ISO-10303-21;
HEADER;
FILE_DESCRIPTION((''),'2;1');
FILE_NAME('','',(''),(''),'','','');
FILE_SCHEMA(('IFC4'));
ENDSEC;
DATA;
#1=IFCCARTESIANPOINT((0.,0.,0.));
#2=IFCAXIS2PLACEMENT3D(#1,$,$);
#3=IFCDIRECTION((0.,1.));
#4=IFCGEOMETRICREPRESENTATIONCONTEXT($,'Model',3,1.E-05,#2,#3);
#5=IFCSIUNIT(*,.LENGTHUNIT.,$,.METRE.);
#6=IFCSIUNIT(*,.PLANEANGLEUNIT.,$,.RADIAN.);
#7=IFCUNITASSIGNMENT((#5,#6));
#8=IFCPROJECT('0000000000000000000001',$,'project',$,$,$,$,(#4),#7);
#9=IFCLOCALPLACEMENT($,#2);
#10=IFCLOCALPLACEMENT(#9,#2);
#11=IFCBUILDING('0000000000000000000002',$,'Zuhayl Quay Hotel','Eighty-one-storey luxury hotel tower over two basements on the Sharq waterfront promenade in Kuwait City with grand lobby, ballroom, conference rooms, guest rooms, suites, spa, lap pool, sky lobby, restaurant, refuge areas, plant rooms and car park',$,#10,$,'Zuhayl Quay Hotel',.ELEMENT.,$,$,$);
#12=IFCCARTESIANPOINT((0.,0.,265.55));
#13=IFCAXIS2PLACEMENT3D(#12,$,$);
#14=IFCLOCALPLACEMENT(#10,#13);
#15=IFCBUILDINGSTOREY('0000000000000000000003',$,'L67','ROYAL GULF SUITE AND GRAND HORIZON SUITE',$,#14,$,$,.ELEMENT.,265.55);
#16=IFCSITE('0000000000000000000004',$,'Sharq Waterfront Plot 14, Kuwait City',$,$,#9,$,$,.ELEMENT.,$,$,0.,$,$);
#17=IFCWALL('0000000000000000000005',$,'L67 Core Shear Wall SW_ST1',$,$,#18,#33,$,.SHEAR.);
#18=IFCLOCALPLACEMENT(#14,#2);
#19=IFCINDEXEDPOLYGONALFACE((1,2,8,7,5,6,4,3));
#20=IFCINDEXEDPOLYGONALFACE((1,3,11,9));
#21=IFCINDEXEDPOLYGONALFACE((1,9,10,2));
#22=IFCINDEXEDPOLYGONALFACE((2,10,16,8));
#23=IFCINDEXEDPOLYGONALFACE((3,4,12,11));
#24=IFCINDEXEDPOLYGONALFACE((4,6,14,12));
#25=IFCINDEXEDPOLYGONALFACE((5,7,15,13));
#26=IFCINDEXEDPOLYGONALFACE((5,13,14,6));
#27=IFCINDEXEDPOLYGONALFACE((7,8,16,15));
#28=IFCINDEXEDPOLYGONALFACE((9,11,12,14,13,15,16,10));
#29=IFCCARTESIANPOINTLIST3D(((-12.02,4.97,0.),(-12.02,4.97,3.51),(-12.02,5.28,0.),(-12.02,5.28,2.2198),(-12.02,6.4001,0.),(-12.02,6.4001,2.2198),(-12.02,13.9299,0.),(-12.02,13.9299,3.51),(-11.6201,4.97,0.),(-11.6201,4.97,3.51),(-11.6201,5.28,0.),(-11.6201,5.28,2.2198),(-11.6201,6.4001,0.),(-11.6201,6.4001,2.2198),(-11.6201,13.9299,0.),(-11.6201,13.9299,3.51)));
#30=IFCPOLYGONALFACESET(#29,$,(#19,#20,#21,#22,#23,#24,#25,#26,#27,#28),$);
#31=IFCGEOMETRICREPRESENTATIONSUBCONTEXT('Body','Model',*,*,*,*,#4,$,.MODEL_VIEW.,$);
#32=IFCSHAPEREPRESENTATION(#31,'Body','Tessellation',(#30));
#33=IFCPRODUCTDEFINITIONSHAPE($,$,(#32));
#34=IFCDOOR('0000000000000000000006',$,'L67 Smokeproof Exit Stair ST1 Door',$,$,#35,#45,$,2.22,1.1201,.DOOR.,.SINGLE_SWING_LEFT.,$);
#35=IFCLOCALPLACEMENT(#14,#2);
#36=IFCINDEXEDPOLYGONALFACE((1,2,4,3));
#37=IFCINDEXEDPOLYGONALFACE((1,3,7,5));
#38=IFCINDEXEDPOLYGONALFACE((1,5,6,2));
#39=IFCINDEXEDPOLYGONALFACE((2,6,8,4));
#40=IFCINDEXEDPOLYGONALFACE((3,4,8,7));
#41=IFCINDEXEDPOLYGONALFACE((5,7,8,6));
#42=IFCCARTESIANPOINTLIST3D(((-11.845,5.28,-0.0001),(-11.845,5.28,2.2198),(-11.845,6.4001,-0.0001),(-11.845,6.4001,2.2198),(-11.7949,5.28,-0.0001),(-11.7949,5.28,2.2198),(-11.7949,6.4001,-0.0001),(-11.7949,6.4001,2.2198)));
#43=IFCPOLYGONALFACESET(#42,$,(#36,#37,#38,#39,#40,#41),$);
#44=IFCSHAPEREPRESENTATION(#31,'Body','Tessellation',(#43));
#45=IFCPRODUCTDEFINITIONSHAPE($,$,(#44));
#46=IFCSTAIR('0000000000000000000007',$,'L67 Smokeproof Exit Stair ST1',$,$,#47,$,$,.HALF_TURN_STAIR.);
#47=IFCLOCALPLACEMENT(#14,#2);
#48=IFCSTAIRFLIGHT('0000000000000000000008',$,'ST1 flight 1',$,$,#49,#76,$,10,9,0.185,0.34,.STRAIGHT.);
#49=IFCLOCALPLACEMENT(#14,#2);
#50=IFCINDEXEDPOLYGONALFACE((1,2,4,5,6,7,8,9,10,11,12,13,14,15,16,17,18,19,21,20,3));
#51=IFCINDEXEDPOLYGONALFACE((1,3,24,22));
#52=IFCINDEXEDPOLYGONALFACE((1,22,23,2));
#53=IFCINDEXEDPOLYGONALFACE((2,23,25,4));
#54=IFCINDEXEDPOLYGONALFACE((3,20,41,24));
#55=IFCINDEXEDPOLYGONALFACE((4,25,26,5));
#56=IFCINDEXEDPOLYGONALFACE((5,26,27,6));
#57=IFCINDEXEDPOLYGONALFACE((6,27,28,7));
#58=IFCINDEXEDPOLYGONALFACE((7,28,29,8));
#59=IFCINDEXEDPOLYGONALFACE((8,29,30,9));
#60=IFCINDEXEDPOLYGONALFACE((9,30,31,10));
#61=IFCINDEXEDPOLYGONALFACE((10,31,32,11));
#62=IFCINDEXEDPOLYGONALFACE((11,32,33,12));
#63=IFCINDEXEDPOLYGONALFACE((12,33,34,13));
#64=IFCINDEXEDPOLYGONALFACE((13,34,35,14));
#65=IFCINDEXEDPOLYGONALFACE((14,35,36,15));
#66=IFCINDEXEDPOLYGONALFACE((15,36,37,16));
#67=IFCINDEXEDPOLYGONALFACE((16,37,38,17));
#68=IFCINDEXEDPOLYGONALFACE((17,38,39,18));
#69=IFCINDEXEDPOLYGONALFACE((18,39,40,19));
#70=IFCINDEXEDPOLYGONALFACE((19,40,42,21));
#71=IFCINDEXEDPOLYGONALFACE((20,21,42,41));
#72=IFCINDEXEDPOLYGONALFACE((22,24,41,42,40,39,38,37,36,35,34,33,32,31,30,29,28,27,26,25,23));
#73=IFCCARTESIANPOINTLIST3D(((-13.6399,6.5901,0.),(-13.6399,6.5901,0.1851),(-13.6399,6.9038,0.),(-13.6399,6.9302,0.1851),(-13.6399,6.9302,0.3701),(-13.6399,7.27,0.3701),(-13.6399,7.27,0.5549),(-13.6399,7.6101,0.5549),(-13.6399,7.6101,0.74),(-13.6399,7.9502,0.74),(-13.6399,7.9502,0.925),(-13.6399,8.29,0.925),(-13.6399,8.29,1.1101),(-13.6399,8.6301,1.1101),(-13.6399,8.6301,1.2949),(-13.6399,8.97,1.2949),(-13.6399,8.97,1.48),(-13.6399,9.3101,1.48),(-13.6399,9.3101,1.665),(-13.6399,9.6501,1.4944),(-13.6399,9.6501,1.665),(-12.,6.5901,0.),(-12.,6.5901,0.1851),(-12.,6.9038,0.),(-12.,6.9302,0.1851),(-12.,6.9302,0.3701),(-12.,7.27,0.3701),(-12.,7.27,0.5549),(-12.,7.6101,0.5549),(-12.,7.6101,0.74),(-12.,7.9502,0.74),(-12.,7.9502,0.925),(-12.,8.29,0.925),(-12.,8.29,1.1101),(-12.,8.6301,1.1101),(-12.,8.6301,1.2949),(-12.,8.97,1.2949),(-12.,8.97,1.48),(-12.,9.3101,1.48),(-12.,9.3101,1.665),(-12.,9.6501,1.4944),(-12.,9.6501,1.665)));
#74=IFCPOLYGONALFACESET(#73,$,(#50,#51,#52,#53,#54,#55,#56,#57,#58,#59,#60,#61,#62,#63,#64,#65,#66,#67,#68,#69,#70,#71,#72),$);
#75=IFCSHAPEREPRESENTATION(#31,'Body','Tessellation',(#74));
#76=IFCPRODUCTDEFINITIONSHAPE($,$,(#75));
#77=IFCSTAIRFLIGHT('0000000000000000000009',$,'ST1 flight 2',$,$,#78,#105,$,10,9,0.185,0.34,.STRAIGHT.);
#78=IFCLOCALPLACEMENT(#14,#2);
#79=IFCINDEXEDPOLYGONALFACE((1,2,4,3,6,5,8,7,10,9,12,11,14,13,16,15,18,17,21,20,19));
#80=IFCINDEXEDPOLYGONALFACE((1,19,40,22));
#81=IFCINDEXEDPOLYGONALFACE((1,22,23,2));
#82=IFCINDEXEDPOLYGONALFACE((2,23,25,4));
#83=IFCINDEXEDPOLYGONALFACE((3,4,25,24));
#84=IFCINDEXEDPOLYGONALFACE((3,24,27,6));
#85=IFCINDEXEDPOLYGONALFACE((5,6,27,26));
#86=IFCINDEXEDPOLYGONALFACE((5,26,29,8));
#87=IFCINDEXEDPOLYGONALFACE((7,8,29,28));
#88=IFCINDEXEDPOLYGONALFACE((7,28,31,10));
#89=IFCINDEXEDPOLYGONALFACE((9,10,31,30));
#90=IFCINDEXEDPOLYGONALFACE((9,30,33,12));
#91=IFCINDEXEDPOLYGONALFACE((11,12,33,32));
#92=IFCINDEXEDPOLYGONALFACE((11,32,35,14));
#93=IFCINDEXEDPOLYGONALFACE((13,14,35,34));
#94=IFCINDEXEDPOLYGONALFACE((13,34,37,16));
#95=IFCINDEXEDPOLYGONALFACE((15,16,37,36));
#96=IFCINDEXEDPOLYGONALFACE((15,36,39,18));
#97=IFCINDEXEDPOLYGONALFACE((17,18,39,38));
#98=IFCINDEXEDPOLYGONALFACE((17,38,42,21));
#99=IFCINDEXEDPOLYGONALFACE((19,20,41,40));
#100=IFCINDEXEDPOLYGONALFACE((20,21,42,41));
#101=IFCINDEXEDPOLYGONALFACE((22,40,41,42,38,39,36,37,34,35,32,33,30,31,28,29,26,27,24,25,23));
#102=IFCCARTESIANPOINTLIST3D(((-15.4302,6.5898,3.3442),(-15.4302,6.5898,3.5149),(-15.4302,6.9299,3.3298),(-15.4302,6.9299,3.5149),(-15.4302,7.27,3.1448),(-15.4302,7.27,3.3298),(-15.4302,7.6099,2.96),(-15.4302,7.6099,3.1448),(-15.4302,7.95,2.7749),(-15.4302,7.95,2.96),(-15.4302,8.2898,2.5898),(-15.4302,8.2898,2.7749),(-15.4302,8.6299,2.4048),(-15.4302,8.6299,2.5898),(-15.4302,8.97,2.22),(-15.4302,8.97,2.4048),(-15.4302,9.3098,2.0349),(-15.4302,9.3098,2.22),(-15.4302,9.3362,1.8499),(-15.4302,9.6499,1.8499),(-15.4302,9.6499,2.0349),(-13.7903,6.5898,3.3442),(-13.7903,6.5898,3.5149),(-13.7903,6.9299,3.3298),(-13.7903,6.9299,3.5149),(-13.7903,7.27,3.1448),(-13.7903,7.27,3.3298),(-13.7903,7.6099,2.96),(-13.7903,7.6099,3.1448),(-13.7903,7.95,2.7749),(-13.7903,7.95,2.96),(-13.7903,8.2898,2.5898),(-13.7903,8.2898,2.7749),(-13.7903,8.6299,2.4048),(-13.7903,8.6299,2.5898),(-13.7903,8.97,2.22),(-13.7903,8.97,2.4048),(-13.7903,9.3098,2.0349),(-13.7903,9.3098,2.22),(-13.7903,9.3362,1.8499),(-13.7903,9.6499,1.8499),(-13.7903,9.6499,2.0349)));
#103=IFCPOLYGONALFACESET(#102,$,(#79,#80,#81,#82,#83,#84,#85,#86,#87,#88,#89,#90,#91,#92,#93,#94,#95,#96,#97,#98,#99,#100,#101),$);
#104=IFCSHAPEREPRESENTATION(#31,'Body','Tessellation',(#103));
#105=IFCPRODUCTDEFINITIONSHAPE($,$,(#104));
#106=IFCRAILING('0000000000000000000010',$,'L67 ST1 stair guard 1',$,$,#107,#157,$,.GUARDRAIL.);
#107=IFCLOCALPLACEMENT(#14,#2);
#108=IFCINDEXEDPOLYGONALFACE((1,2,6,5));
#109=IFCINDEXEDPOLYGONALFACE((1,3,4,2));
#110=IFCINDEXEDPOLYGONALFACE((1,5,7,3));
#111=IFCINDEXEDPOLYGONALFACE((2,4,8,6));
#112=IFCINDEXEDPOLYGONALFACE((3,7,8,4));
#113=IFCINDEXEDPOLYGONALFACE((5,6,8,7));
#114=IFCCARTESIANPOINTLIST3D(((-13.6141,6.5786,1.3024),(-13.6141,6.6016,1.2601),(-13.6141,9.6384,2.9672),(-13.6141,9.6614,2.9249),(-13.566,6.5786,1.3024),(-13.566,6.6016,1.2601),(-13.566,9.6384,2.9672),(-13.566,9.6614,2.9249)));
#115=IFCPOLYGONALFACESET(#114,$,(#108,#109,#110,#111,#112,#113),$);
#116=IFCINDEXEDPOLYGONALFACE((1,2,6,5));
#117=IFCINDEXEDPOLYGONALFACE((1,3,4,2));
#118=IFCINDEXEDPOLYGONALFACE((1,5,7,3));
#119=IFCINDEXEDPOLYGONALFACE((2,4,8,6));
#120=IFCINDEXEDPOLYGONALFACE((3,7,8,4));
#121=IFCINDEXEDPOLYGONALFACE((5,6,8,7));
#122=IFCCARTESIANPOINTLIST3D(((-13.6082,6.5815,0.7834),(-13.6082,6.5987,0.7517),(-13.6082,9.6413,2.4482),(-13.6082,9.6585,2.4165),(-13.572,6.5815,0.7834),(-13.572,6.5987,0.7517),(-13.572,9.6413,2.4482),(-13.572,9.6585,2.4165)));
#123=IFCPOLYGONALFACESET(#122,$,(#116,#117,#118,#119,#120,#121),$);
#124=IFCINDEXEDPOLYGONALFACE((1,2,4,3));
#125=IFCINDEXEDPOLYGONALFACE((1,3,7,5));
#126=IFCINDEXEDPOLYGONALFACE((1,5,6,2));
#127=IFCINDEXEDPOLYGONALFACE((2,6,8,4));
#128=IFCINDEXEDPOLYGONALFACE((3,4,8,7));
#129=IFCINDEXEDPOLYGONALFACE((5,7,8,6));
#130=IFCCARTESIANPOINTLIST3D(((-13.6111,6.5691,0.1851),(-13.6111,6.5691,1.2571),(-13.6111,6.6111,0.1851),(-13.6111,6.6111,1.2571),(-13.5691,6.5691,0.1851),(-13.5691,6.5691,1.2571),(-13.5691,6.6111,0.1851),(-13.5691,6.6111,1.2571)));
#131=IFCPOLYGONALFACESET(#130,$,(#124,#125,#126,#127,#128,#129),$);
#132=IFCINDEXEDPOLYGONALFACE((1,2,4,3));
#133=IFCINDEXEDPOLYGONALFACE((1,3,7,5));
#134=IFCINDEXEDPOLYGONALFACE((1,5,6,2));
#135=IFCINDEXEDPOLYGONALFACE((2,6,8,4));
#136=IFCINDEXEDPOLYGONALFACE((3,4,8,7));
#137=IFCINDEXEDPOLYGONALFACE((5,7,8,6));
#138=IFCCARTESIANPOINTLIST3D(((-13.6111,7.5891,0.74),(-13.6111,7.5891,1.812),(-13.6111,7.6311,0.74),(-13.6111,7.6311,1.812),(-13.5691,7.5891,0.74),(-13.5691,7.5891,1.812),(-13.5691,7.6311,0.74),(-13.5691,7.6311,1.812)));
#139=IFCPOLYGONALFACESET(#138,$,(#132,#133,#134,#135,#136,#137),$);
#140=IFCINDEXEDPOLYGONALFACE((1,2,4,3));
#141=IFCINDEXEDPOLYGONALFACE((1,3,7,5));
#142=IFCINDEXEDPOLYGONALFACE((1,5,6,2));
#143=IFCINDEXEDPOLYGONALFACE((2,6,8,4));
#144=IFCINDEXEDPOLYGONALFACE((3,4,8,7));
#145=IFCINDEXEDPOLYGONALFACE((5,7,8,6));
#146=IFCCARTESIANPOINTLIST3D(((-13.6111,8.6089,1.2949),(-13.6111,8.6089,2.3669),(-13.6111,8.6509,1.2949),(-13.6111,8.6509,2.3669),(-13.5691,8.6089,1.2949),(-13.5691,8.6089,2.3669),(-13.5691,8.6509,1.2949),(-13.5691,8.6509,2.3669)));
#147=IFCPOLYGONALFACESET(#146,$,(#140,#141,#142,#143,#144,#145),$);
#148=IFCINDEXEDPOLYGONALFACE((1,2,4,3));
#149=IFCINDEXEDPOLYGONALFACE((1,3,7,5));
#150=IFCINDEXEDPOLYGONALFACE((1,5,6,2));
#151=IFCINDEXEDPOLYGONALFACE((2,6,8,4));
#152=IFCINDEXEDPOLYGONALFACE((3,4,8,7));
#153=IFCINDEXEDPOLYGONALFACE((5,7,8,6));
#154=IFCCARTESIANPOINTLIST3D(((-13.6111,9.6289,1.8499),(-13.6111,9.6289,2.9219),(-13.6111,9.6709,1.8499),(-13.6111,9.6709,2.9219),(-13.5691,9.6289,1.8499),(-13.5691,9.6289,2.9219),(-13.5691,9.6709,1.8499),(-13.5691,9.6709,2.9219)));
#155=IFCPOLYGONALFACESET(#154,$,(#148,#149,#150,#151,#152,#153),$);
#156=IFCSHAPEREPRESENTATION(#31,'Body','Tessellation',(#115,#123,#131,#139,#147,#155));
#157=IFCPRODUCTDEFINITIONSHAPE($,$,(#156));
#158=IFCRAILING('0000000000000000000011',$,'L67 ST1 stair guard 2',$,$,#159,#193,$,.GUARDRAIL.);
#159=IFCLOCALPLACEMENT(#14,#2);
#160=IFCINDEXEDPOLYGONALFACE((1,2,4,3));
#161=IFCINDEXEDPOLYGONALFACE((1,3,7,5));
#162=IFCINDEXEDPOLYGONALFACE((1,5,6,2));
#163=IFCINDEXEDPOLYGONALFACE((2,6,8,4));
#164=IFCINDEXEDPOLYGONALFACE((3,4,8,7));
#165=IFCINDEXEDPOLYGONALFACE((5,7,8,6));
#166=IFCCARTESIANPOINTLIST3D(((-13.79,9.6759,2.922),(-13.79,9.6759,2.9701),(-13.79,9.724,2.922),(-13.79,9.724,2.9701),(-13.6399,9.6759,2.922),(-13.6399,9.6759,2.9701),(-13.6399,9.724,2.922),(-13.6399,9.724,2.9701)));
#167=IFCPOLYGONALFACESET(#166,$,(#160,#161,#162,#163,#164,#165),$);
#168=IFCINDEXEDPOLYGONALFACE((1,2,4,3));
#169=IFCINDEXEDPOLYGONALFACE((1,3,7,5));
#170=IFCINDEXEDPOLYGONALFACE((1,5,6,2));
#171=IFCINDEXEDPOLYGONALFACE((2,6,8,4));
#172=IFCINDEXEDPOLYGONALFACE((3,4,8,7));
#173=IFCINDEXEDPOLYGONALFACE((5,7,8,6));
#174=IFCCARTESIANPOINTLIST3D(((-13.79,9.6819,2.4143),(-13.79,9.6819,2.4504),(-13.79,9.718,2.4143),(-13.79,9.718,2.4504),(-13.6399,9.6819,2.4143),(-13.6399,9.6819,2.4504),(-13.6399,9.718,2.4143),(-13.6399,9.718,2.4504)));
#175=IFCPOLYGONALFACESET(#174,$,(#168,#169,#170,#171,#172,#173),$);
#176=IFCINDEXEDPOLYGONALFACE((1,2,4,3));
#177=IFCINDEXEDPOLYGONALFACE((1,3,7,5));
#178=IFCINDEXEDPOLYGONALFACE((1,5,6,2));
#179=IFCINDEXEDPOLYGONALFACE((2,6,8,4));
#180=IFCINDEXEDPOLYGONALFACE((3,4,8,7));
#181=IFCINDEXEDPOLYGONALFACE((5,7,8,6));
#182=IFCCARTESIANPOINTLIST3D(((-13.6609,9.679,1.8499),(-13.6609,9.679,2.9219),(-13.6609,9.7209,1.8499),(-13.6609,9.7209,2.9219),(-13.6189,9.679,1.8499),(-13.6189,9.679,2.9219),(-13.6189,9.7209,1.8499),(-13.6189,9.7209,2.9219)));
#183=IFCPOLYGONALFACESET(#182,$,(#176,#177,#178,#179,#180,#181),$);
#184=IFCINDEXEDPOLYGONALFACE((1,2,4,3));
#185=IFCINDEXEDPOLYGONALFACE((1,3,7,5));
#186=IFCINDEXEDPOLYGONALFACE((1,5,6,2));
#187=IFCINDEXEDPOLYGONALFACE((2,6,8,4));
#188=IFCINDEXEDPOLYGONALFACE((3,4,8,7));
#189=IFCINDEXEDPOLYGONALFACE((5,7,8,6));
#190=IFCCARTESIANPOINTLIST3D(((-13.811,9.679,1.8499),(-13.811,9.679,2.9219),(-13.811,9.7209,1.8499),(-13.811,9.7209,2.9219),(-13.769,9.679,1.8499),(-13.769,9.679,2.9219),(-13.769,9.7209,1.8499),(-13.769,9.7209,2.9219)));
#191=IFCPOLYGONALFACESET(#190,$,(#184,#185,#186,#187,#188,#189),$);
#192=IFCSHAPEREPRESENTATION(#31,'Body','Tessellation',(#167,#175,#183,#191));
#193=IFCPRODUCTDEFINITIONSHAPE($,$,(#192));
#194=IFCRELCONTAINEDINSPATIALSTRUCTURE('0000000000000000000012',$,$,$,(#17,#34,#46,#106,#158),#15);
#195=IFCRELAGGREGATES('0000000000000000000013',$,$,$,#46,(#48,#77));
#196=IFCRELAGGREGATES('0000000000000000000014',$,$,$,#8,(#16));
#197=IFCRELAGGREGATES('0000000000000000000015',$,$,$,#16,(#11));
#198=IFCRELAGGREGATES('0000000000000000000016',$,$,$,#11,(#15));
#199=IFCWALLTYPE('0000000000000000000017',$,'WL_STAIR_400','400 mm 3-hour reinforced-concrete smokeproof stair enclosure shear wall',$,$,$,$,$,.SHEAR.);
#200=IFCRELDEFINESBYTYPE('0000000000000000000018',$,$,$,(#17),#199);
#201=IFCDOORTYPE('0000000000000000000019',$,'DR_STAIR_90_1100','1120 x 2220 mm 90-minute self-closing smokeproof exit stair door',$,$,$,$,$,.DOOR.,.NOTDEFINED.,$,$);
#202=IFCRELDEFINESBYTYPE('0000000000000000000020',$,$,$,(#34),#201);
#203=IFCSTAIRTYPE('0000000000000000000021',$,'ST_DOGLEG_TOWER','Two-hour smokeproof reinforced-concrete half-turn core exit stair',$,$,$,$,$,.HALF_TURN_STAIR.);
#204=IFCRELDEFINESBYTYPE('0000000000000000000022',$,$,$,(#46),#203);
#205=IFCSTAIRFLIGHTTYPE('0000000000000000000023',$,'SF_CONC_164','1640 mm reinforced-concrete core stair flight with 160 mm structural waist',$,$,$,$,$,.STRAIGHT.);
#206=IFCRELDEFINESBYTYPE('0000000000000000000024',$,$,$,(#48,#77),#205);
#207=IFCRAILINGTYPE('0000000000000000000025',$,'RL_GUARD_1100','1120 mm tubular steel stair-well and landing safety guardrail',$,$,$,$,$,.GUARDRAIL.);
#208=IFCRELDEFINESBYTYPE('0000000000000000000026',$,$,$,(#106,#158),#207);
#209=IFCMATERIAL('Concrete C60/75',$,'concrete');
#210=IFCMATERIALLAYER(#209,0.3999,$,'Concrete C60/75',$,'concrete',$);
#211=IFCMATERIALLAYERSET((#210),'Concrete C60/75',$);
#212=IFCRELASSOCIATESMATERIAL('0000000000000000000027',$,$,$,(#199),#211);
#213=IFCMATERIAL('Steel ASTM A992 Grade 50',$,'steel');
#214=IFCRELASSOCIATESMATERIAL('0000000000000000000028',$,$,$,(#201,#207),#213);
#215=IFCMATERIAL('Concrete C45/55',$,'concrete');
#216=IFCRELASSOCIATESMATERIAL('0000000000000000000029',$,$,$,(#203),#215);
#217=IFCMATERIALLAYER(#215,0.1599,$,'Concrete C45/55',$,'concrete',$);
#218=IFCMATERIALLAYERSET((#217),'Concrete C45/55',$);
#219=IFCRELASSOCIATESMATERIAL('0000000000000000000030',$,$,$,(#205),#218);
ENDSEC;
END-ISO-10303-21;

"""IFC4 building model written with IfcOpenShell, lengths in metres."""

from ifc_helpers import new_model, si_unit, direction, frame, frame_2d, origin, origin_2d, place, context, subcontext, project, spatial, polyline, rectangle, outline, extrude, material, layer, layer_set, type_object, element, fill, aggregate, save


model = new_model("IFC4")

# Units and contexts
model_context = context("Model", 3, precision=1e-05, world=origin(), true_north=direction((0.0, 1.0)))
body_context = subcontext(model_context, "Body", "Model", "MODEL_VIEW")
ifc_project = project(units=[si_unit("LENGTHUNIT", "METRE"), si_unit("PLANEANGLEUNIT", "RADIAN")], contexts=[model_context])

# Site, building, storey
site_placement = place(None, origin())
site = spatial("IfcSite", under=ifc_project, at=site_placement, Name="Sharq Waterfront Plot 14, Kuwait City", CompositionType="ELEMENT", RefElevation=0.0)
building_placement = place(site_placement, origin())
building = spatial("IfcBuilding", under=site, at=building_placement, Name="Zuhayl Quay Hotel", Description="Eighty-one-storey luxury hotel tower over two basements on the Sharq waterfront promenade in Kuwait City with grand lobby, ballroom, conference rooms, guest rooms, suites, spa, lap pool, sky lobby, restaurant, refuge areas, plant rooms and car park", LongName="Zuhayl Quay Hotel", CompositionType="ELEMENT")
storey_placement = place(building_placement, frame((0.0, 0.0, 265.55)))
storey = spatial("IfcBuildingStorey", under=building, at=storey_placement, Name="L67", Description="ROYAL GULF SUITE AND GRAND HORIZON SUITE", CompositionType="ELEMENT", Elevation=265.55)

# Wall, opening, door
ifc_material_1 = material(Name="Concrete C60/75", Category="concrete")
ifc_layer_1 = layer(ifc_material_1, 0.3999, Name="Concrete C60/75", Category="concrete")
ifc_layer_set_1 = layer_set([ifc_layer_1], Name="Concrete C60/75")
wall_type_1 = type_object("IfcWallType", Name="WL_STAIR_400", Description="400 mm 3-hour reinforced-concrete smokeproof stair enclosure shear wall", PredefinedType="SHEAR", material=ifc_layer_set_1)
wall_1_placement = place(storey_placement, frame((-11.8201, 4.97, 0.0), z_axis=(0.0, 0.0, 1.0), x_axis=(0.0, 1.0, 0.0)))
wall_1 = element("IfcWall", 1, at=wall_1_placement, inside=storey, type_object=wall_type_1, Name="L67 Core Shear Wall SW_ST1", PredefinedType="SHEAR", context=body_context, shape_type="SweptSolid", body=[
    extrude(rectangle(XDim=8.96, YDim=0.3999, at=frame_2d((4.48, 0.0))), origin(), (0.0, 0.0, 1.0), 3.51),
])
opening_1_placement = place(wall_1_placement, frame((0.3101, 0.0, 0.0)))
opening_1 = element("IfcOpeningElement", 2, at=opening_1_placement, cuts=wall_1, PredefinedType="OPENING", context=body_context, shape_type="SweptSolid", body=[
    extrude(rectangle(XDim=1.1201, YDim=2.22, at=frame_2d((0.5601, 1.1099))), frame((0.0, 0.21, 0.0), z_axis=(0.0, -1.0, 0.0), x_axis=(1.0, 0.0, 0.0)), (0.0, 0.0, 1.0), 0.4199),
])
ifc_material_2 = material(Name="Steel ASTM A992 Grade 50", Category="steel")
door_type_1 = type_object("IfcDoorType", Name="DR_STAIR_90_1100", Description="1120 x 2220 mm 90-minute self-closing smokeproof exit stair door", OperationType="NOTDEFINED", PredefinedType="DOOR", material=ifc_material_2)
door_1_placement = place(opening_1_placement, origin())
door_1 = element("IfcDoor", 3, at=door_1_placement, inside=storey, type_object=door_type_1, Name="L67 Smokeproof Exit Stair ST1 Door", OperationType="SINGLE_SWING_LEFT", OverallHeight=2.22, OverallWidth=1.1201, PredefinedType="DOOR", context=body_context, shape_type="SweptSolid", body=[
    extrude(rectangle(XDim=1.1201, YDim=2.22, at=frame_2d((0.5601, 1.1099))), frame((0.0, 0.0249, 0.0), z_axis=(0.0, -1.0, 0.0), x_axis=(1.0, 0.0, 0.0)), (0.0, 0.0, 1.0), 0.05),
])
fill(opening_1, door_1)

# Stair, stair flights
ifc_material_3 = material(Name="Concrete C45/55", Category="concrete")
stair_type = type_object("IfcStairType", Name="ST_DOGLEG_TOWER", Description="Two-hour smokeproof reinforced-concrete half-turn core exit stair", PredefinedType="HALF_TURN_STAIR", material=ifc_material_3)
stair_placement = place(storey_placement, origin())
stair = element("IfcStair", 4, at=stair_placement, inside=storey, type_object=stair_type, Name="L67 Smokeproof Exit Stair ST1", PredefinedType="HALF_TURN_STAIR")
ifc_layer_2 = layer(ifc_material_3, 0.1599, Name="Concrete C45/55", Category="concrete")
ifc_layer_set_2 = layer_set([ifc_layer_2], Name="Concrete C45/55")
stair_flight_type = type_object("IfcStairFlightType", Name="SF_CONC_164", Description="1640 mm reinforced-concrete core stair flight with 160 mm structural waist", PredefinedType="STRAIGHT", material=ifc_layer_set_2)
stair_flight_1_placement = place(storey_placement, frame((-12.8201, 6.5901, 0.0), z_axis=(0.0, 0.0, 1.0), x_axis=(0.0, 1.0, 0.0)))
stair_flight_1 = element("IfcStairFlight", 5, at=stair_flight_1_placement, type_object=stair_flight_type, Name="ST1 flight 1", NumberOfRisers=10, NumberOfTreads=9, PredefinedType="STRAIGHT", RiserHeight=0.185, TreadLength=0.34, context=body_context, shape_type="SweptSolid", body=[
    extrude(outline(polyline([(0.0, 0.0), (0.0, 0.1851), (0.3401, 0.1851), (0.3401, 0.3701), (0.6799, 0.3701), (0.6799, 0.5549), (1.02, 0.5549), (1.02, 0.74), (1.3601, 0.74), (1.3601, 0.925), (1.7, 0.925), (1.7, 1.1101), (2.04, 1.1101), (2.04, 1.2949), (2.3799, 1.2949), (2.3799, 1.48), (2.72, 1.48), (2.72, 1.665), (3.0601, 1.665), (3.0601, 1.8501), (3.0601, 1.4944), (0.3137, 0.0), (0.0, 0.0)])), frame((0.0, 0.8198, 0.0), z_axis=(0.0, -1.0, 0.0), x_axis=(1.0, 0.0, 0.0)), (0.0, 0.0, 1.0), 1.6399),
])
stair_flight_2_placement = place(storey_placement, frame((-14.6101, 9.6499, 1.8499), z_axis=(0.0, 0.0, 1.0), x_axis=(0.0, -1.0, 0.0)))
stair_flight_2 = element("IfcStairFlight", 6, at=stair_flight_2_placement, type_object=stair_flight_type, Name="ST1 flight 2", NumberOfRisers=10, NumberOfTreads=9, PredefinedType="STRAIGHT", RiserHeight=0.185, TreadLength=0.34, context=body_context, shape_type="SweptSolid", body=[
    extrude(outline(polyline([(0.0, 0.0), (0.0, 0.1851), (0.3401, 0.1851), (0.3401, 0.3701), (0.6799, 0.3701), (0.6799, 0.5549), (1.02, 0.5549), (1.02, 0.74), (1.3601, 0.74), (1.3601, 0.925), (1.7, 0.925), (1.7, 1.1101), (2.04, 1.1101), (2.04, 1.2949), (2.3799, 1.2949), (2.3799, 1.48), (2.72, 1.48), (2.72, 1.665), (3.0601, 1.665), (3.0601, 1.8501), (3.0601, 1.4944), (0.3137, 0.0), (0.0, 0.0)])), frame((0.0, 0.8198, 0.0), z_axis=(0.0, -1.0, 0.0), x_axis=(1.0, 0.0, 0.0)), (0.0, 0.0, 1.0), 1.6399),
])
aggregate(stair, [stair_flight_1, stair_flight_2])

# Railings
railing_type_1 = type_object("IfcRailingType", Name="RL_GUARD_1100", Description="1120 mm tubular steel stair-well and landing safety guardrail", PredefinedType="GUARDRAIL", material=ifc_material_2)
railing_1_placement = place(storey_placement, frame((-13.5901, 6.5901, 0.1851)))
element("IfcRailing", 7, at=railing_1_placement, inside=storey, type_object=railing_type_1, Name="L67 ST1 stair guard 1", PredefinedType="GUARDRAIL", context=body_context, shape_type="SweptSolid", body=[
    extrude(rectangle(XDim=0.0481, YDim=0.0481, at=origin_2d()), frame((0.0, 0.0, 1.0962), z_axis=(0.0, 0.878401, 0.477924), x_axis=(-1.0, 0.0, 0.0)), (0.0, 0.0, 1.0), 3.4834),
    extrude(rectangle(XDim=0.0361, YDim=0.0361, at=origin_2d()), frame((0.0, 0.0, 0.5825), z_axis=(0.0, 0.878401, 0.477924), x_axis=(-1.0, 0.0, 0.0)), (0.0, 0.0, 1.0), 3.4834),
    extrude(rectangle(XDim=0.042, YDim=0.042, at=origin_2d()), origin(), (0.0, 0.0, 1.0), 1.072),
    extrude(rectangle(XDim=0.042, YDim=0.042, at=origin_2d()), frame((0.0, 1.02, 0.5549)), (0.0, 0.0, 1.0), 1.072),
    extrude(rectangle(XDim=0.042, YDim=0.042, at=origin_2d()), frame((0.0, 2.0398, 1.1099)), (0.0, 0.0, 1.0), 1.072),
    extrude(rectangle(XDim=0.042, YDim=0.042, at=origin_2d()), frame((0.0, 3.0598, 1.6648)), (0.0, 0.0, 1.0), 1.072),
])
railing_2_placement = place(storey_placement, frame((-13.6399, 9.7, 1.8499)))
element("IfcRailing", 8, at=railing_2_placement, inside=storey, type_object=railing_type_1, Name="L67 ST1 stair guard 2", PredefinedType="GUARDRAIL", context=body_context, shape_type="SweptSolid", body=[
    extrude(rectangle(XDim=0.0481, YDim=0.0481, at=origin_2d()), frame((0.0, 0.0, 1.0962), z_axis=(-1.0, 0.0, 0.0), x_axis=(0.0, -1.0, 0.0)), (0.0, 0.0, 1.0), 0.1501),
    extrude(rectangle(XDim=0.0361, YDim=0.0361, at=origin_2d()), frame((0.0, 0.0, 0.5825), z_axis=(-1.0, 0.0, 0.0), x_axis=(0.0, -1.0, 0.0)), (0.0, 0.0, 1.0), 0.1501),
    extrude(rectangle(XDim=0.042, YDim=0.042, at=origin_2d()), origin(), (0.0, 0.0, 1.0), 1.072),
    extrude(rectangle(XDim=0.042, YDim=0.042, at=origin_2d()), frame((-0.1501, 0.0, 0.0)), (0.0, 0.0, 1.0), 1.072),
])

save(model, "model.ifc")
